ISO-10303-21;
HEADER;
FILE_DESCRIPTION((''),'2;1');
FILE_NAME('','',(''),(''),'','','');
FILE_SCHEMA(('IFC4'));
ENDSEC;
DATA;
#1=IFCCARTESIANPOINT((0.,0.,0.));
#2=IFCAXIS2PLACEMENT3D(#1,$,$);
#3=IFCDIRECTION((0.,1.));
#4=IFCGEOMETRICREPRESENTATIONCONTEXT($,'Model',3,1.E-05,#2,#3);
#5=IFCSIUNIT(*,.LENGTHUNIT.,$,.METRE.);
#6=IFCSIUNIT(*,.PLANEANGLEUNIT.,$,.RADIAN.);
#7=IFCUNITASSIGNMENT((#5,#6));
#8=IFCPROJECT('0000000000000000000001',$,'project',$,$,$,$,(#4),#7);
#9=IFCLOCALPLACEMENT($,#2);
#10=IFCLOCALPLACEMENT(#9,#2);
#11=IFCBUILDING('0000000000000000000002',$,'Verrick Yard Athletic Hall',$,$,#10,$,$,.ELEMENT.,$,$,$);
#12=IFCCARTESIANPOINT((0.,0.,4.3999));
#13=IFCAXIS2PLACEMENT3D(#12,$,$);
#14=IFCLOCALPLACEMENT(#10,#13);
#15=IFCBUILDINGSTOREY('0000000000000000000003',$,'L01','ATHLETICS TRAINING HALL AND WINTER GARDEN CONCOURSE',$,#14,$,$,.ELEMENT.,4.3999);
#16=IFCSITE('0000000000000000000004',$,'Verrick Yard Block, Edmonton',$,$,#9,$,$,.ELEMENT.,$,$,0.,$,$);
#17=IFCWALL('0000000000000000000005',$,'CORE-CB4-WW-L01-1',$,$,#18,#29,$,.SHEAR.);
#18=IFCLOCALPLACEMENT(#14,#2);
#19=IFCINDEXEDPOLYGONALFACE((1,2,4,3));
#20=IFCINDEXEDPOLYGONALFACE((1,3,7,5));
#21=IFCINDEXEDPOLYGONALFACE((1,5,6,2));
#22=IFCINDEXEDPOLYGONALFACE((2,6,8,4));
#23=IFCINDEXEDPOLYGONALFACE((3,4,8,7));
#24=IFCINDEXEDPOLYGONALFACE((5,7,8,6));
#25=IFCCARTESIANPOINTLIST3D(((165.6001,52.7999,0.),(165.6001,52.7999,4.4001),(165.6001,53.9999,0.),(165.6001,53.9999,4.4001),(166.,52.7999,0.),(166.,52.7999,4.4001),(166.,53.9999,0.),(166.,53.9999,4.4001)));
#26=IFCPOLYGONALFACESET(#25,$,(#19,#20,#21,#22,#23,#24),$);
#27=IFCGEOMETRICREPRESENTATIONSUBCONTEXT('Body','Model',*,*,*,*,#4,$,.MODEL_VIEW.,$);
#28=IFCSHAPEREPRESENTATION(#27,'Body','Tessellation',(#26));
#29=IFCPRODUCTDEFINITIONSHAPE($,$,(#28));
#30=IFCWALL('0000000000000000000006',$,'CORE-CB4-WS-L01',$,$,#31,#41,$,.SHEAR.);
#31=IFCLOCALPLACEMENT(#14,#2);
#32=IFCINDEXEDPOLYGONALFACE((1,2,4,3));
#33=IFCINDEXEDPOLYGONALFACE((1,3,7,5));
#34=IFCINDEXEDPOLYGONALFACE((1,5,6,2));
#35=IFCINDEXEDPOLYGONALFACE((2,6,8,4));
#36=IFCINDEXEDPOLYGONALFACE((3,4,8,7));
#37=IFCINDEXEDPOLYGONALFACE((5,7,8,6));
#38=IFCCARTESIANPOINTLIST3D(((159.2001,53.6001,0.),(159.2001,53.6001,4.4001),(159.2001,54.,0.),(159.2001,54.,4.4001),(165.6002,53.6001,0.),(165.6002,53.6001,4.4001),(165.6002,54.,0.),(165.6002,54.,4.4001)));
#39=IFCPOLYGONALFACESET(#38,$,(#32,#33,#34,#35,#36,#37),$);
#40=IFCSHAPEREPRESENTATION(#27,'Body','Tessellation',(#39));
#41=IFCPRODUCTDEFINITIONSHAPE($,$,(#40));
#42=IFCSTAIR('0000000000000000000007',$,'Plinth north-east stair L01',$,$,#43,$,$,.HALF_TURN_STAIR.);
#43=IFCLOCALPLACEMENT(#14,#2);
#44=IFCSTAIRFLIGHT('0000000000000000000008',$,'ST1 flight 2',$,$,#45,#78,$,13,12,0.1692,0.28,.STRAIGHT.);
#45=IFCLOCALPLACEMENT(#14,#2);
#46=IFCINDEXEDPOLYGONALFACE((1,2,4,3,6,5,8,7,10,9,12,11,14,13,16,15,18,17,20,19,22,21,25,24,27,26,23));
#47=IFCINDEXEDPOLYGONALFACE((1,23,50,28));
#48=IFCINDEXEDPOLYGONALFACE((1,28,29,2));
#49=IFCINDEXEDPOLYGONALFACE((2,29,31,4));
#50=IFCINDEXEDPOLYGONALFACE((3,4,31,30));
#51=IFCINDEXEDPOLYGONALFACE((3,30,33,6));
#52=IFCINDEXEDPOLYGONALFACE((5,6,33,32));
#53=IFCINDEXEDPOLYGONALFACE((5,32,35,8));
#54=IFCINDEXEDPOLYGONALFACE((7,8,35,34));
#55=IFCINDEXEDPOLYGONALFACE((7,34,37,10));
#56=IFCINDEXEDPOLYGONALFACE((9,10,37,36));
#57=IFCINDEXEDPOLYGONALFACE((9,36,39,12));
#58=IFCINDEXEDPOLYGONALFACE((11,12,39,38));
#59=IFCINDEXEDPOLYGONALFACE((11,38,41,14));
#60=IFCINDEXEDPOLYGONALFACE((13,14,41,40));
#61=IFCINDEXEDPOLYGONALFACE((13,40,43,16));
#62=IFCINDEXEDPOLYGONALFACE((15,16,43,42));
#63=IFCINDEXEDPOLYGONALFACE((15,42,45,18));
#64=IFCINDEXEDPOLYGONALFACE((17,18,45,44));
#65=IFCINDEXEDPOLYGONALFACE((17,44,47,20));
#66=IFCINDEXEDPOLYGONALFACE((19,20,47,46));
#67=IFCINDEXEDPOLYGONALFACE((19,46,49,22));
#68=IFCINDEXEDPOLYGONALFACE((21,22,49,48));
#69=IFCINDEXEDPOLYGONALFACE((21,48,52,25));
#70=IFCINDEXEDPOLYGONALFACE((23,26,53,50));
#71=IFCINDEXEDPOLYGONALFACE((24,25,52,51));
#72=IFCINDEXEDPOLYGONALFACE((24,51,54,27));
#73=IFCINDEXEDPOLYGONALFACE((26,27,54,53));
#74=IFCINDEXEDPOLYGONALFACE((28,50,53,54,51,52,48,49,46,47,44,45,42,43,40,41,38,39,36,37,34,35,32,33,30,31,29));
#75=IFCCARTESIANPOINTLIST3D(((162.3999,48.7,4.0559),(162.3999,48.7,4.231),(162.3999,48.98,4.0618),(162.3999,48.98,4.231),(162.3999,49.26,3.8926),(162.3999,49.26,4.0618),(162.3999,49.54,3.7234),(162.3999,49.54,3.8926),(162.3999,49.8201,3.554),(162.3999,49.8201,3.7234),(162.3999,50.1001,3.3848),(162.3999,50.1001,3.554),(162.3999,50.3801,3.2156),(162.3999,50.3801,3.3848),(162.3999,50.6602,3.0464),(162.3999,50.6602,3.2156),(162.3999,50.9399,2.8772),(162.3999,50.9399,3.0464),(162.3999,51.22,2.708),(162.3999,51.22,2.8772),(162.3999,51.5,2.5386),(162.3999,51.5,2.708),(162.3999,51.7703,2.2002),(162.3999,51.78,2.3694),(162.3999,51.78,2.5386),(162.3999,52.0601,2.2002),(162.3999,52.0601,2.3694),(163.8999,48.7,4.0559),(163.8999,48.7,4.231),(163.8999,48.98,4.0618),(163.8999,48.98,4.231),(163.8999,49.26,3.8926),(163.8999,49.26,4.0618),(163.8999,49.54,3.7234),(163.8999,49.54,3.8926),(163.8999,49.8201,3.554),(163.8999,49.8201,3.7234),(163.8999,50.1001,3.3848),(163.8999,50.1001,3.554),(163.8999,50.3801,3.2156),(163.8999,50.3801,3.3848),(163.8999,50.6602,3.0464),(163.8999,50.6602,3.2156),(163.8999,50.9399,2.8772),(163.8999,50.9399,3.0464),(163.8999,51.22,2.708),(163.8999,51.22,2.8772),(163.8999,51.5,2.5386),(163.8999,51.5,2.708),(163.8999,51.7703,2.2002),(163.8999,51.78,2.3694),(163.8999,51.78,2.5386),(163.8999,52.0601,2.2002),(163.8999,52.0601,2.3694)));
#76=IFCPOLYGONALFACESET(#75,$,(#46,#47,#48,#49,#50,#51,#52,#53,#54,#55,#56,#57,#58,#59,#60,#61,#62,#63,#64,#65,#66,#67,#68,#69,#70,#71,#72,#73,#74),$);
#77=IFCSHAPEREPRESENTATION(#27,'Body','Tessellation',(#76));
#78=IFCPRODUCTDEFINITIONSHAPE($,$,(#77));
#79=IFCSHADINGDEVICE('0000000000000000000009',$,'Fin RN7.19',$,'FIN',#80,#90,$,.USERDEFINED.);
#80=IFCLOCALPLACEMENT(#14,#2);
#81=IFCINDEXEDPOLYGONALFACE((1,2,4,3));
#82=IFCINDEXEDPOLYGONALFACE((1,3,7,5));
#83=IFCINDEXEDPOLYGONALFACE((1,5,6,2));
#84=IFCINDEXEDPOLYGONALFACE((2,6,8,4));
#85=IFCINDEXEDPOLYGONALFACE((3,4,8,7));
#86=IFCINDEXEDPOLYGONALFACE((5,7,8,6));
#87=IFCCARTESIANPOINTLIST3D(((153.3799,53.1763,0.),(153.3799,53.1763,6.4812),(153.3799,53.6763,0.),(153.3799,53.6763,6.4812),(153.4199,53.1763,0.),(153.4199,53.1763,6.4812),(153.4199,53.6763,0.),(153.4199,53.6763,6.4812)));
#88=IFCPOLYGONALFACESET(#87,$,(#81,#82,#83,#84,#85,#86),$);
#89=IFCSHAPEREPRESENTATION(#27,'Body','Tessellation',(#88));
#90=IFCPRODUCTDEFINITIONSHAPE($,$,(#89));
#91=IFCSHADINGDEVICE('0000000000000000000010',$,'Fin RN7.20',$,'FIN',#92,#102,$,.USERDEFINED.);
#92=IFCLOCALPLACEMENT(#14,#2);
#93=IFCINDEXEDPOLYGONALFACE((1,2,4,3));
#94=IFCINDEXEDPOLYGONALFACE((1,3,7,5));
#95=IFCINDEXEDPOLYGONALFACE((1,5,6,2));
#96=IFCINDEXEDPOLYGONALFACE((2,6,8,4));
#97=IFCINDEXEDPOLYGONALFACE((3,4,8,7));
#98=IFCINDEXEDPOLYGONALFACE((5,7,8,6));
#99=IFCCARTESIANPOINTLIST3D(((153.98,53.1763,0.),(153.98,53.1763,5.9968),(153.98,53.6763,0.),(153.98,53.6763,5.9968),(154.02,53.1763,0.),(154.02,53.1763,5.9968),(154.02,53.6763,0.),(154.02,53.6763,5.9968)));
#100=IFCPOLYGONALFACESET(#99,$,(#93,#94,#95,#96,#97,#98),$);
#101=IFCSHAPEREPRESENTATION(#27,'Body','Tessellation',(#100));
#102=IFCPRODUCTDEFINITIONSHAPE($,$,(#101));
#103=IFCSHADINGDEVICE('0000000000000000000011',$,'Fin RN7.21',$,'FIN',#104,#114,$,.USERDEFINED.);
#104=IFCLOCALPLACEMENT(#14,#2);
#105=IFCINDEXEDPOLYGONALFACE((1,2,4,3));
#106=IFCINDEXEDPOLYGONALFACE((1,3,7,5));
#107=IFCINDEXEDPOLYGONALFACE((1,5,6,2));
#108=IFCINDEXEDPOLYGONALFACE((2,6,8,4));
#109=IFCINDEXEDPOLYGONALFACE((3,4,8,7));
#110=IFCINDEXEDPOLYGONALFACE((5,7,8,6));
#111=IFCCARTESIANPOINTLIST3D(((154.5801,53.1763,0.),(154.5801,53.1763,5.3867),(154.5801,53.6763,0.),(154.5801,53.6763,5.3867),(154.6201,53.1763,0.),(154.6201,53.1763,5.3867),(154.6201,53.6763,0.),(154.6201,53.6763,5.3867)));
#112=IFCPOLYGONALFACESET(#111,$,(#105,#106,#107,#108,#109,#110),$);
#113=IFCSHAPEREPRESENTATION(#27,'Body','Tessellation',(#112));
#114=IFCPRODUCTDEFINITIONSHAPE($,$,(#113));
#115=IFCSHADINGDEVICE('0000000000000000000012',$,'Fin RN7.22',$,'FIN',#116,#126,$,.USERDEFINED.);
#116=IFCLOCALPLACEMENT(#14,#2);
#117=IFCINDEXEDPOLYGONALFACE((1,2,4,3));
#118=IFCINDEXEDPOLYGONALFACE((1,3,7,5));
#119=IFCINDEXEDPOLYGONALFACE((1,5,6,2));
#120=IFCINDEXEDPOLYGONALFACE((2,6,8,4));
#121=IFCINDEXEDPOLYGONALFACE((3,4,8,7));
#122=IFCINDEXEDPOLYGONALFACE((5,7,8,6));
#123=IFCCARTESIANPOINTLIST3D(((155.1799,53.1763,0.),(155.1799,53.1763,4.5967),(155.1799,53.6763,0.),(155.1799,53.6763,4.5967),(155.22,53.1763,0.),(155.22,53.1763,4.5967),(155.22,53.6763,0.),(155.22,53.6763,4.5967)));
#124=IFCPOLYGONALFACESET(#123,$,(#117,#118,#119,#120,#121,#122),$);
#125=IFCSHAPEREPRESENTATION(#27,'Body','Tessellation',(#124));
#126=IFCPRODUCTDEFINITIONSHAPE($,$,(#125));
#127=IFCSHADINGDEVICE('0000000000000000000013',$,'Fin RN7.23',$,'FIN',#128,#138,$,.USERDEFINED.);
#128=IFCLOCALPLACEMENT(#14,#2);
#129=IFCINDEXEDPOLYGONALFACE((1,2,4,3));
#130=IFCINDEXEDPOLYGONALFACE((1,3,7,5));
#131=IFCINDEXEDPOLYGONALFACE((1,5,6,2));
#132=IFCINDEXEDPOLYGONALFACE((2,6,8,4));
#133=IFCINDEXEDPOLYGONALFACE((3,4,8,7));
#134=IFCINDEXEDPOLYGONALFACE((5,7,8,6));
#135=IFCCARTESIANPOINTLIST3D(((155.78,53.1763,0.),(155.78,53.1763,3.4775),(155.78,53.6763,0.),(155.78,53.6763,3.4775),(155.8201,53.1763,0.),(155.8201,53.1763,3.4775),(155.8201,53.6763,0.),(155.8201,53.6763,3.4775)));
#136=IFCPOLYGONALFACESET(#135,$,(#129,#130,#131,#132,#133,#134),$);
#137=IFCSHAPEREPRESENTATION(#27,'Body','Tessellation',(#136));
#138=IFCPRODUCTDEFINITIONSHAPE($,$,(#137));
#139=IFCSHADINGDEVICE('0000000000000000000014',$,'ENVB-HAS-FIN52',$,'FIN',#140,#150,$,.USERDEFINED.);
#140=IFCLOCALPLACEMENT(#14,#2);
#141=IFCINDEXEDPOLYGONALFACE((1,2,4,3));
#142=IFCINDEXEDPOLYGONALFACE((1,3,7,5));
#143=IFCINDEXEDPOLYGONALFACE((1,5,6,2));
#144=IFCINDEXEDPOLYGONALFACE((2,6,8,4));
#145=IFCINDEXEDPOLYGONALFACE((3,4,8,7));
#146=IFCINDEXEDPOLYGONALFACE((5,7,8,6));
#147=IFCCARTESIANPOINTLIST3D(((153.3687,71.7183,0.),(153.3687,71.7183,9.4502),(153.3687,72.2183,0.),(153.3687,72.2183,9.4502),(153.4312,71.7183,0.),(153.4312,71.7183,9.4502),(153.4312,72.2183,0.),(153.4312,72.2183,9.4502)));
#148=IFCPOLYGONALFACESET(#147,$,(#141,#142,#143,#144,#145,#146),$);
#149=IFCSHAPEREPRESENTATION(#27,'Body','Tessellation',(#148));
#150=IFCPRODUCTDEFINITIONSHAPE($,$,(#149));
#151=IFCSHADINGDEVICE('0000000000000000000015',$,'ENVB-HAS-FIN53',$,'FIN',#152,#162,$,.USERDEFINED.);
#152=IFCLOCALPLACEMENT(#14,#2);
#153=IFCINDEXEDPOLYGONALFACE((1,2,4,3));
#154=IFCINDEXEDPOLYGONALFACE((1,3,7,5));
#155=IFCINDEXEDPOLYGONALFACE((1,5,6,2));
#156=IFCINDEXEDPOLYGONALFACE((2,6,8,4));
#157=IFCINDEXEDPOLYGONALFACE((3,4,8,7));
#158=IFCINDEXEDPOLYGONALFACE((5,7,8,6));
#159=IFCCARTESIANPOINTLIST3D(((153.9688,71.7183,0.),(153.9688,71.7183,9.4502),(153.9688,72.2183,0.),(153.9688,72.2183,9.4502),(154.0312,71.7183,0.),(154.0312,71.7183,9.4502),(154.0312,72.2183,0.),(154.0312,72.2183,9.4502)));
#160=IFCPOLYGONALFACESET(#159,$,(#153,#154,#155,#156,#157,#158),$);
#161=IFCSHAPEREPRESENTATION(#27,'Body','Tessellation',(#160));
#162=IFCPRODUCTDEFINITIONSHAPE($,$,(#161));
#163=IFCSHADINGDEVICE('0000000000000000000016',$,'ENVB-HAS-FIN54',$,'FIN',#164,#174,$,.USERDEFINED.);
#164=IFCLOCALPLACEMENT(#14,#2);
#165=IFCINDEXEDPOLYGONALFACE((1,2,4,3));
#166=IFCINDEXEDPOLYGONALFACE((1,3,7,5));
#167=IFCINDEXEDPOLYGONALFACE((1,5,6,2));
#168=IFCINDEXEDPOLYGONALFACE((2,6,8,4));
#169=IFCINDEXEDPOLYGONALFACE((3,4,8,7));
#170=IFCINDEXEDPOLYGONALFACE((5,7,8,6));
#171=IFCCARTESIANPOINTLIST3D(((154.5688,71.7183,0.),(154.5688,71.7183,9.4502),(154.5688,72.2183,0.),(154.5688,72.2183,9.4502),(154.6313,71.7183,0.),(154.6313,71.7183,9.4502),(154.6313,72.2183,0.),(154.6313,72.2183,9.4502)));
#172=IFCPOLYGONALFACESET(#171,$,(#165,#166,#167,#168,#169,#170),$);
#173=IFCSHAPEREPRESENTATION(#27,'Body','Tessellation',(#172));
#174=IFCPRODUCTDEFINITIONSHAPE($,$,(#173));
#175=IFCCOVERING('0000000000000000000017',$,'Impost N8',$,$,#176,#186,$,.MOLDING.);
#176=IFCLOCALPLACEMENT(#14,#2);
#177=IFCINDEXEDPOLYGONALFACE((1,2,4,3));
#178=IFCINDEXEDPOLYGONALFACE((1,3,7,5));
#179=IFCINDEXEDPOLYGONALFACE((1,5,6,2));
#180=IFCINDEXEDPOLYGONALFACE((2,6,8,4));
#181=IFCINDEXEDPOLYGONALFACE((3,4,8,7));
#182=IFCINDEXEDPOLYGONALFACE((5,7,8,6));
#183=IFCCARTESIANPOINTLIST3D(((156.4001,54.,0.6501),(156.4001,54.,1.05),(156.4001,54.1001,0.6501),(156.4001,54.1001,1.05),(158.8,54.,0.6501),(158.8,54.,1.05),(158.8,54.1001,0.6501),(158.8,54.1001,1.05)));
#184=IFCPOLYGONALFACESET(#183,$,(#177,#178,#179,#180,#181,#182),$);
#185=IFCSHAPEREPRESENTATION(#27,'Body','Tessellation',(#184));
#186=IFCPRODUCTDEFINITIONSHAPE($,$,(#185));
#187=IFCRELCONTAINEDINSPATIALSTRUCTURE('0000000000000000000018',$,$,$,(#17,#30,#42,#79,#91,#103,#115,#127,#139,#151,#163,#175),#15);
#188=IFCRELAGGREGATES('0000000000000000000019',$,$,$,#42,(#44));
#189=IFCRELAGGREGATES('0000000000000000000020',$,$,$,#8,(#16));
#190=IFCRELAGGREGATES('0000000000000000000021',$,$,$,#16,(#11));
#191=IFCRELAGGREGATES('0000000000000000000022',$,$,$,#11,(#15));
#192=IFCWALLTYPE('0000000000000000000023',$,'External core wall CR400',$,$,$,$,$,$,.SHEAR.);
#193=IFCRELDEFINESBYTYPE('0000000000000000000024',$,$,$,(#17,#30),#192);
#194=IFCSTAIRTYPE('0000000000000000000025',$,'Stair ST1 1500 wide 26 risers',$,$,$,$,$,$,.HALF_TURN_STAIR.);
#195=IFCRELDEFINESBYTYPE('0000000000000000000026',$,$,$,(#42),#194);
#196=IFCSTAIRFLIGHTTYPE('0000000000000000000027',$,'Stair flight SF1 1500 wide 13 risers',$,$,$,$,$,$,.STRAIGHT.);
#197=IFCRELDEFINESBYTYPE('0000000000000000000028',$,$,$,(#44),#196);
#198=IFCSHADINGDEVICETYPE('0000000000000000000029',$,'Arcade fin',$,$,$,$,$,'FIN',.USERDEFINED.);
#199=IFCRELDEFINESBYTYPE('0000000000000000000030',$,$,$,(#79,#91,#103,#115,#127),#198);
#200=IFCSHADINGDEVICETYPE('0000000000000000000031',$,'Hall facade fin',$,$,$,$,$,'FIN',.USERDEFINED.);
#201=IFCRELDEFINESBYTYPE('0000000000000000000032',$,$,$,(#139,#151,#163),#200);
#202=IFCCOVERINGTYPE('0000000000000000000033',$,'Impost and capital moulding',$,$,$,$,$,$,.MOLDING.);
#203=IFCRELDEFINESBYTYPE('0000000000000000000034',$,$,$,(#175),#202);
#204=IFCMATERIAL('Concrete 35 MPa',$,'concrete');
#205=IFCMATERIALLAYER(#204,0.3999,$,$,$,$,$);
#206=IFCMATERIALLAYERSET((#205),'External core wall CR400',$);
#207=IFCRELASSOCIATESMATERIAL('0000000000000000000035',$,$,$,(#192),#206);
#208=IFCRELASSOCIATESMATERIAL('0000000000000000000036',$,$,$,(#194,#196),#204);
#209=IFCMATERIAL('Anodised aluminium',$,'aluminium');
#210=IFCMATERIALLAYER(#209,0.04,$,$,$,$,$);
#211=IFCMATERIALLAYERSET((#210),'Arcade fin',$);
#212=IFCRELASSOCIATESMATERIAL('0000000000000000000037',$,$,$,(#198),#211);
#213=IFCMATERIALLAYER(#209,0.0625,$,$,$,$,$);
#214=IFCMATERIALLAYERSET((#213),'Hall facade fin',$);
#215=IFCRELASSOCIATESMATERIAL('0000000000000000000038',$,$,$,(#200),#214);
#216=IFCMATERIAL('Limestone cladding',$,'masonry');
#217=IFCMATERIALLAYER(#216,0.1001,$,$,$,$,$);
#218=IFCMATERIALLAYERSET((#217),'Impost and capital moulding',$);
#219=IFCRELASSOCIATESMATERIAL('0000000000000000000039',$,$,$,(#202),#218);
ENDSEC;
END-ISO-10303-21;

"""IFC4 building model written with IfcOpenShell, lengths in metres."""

from ifc_helpers import new_model, si_unit, direction, frame, frame_2d, origin, origin_2d, place, context, subcontext, project, spatial, polyline, rectangle, outline, extrude, material, layer, layer_set, type_object, element, aggregate, save


model = new_model("IFC4")

# Units and contexts
model_context = context("Model", 3, precision=1e-05, world=origin(), true_north=direction((0.0, 1.0)))
body_context = subcontext(model_context, "Body", "Model", "MODEL_VIEW")
ifc_project = project(units=[si_unit("LENGTHUNIT", "METRE"), si_unit("PLANEANGLEUNIT", "RADIAN")], contexts=[model_context])

# Site, building, storey
site_placement = place(None, origin())
site = spatial("IfcSite", under=ifc_project, at=site_placement, Name="Verrick Yard Block, Edmonton", CompositionType="ELEMENT", RefElevation=0.0)
building_placement = place(site_placement, origin())
building = spatial("IfcBuilding", under=site, at=building_placement, Name="Verrick Yard Athletic Hall", CompositionType="ELEMENT")
storey_placement = place(building_placement, frame((0.0, 0.0, 4.3999)))
storey = spatial("IfcBuildingStorey", under=building, at=storey_placement, Name="L01", Description="ATHLETICS TRAINING HALL AND WINTER GARDEN CONCOURSE", CompositionType="ELEMENT", Elevation=4.3999)

# Shared definitions
ifc_material_1 = material(Name="Concrete 35 MPa", Category="concrete")

# Walls
ifc_layer_1 = layer(ifc_material_1, 0.3999)
ifc_layer_set_1 = layer_set([ifc_layer_1], Name="External core wall CR400")
wall_type = type_object("IfcWallType", Name="External core wall CR400", PredefinedType="SHEAR", material=ifc_layer_set_1)
wall_1_placement = place(storey_placement, frame((165.8, 54.0, 0.0), z_axis=(0.0, 0.0, 1.0), x_axis=(0.0, -1.0, 0.0)))
element("IfcWall", 1, at=wall_1_placement, inside=storey, type_object=wall_type, Name="CORE-CB4-WW-L01-1", PredefinedType="SHEAR", context=body_context, shape_type="SweptSolid", body=[
    extrude(rectangle(XDim=1.2, YDim=0.3999, at=frame_2d((0.6001, 0.0))), origin(), (0.0, 0.0, 1.0), 4.4001),
])
wall_2_placement = place(storey_placement, frame((159.2, 53.8, 0.0), z_axis=(0.0, 0.0, 1.0), x_axis=(1.0, 0.0, 0.0)))
element("IfcWall", 2, at=wall_2_placement, inside=storey, type_object=wall_type, Name="CORE-CB4-WS-L01", PredefinedType="SHEAR", context=body_context, shape_type="SweptSolid", body=[
    extrude(rectangle(XDim=6.4001, YDim=0.3999, at=frame_2d((3.2002, 0.0))), origin(), (0.0, 0.0, 1.0), 4.4001),
])

# Stair, stair flight
stair_type = type_object("IfcStairType", Name="Stair ST1 1500 wide 26 risers", PredefinedType="HALF_TURN_STAIR", material=ifc_material_1)
stair_placement = place(storey_placement, origin())
stair = element("IfcStair", 3, at=stair_placement, inside=storey, type_object=stair_type, Name="Plinth north-east stair L01", PredefinedType="HALF_TURN_STAIR")
stair_flight_type = type_object("IfcStairFlightType", Name="Stair flight SF1 1500 wide 13 risers", PredefinedType="STRAIGHT", material=ifc_material_1)
stair_flight_placement = place(storey_placement, frame((163.1499, 52.0601, 2.2002), z_axis=(0.0, 0.0, 1.0), x_axis=(0.0, -1.0, 0.0)))
stair_flight = element("IfcStairFlight", 4, at=stair_flight_placement, type_object=stair_flight_type, Name="ST1 flight 2", NumberOfRisers=13, NumberOfTreads=12, PredefinedType="STRAIGHT", RiserHeight=0.1692, TreadLength=0.28, context=body_context, shape_type="SweptSolid", body=[
    extrude(outline(polyline([(0.0, 0.0), (0.0, 0.1692), (0.28, 0.1692), (0.28, 0.3384), (0.5601, 0.3384), (0.5601, 0.5078), (0.8401, 0.5078), (0.8401, 0.677), (1.1201, 0.677), (1.1201, 0.8462), (1.3999, 0.8462), (1.3999, 1.0154), (1.6799, 1.0154), (1.6799, 1.1846), (1.96, 1.1846), (1.96, 1.3538), (2.24, 1.3538), (2.24, 1.5232), (2.52, 1.5232), (2.52, 1.6924), (2.8, 1.6924), (2.8, 1.8616), (3.0801, 1.8616), (3.0801, 2.0308), (3.3601, 2.0308), (3.3601, 2.2), (3.3601, 1.8557), (0.2898, 0.0), (0.0, 0.0)])), frame((0.0, 0.75, 0.0), z_axis=(0.0, -1.0, 0.0), x_axis=(1.0, 0.0, 0.0)), (0.0, 0.0, 1.0), 1.5),
])
aggregate(stair, [stair_flight])

# Shading devices
ifc_material_2 = material(Name="Anodised aluminium", Category="aluminium")
ifc_layer_2 = layer(ifc_material_2, 0.04)
ifc_layer_set_2 = layer_set([ifc_layer_2], Name="Arcade fin")
shading_device_type_1 = type_object("IfcShadingDeviceType", Name="Arcade fin", ElementType="FIN", PredefinedType="USERDEFINED", material=ifc_layer_set_2)
shading_device_1_placement = place(storey_placement, frame((153.3999, 53.1763, 0.0), z_axis=(0.0, 0.0, 1.0), x_axis=(0.0, 1.0, 0.0)))
element("IfcShadingDevice", 5, at=shading_device_1_placement, inside=storey, type_object=shading_device_type_1, Name="Fin RN7.19", ObjectType="FIN", PredefinedType="USERDEFINED", context=body_context, shape_type="SweptSolid", body=[
    extrude(outline(polyline([(0.0, 0.0), (0.5, 0.0), (0.5, 6.4812), (0.0, 6.4812), (0.0, 0.0)])), frame((0.0, 0.02, 0.0), z_axis=(0.0, -1.0, 0.0), x_axis=(1.0, 0.0, 0.0)), (0.0, 0.0, 1.0), 0.04),
])
shading_device_2_placement = place(storey_placement, frame((154.0, 53.1763, 0.0), z_axis=(0.0, 0.0, 1.0), x_axis=(0.0, 1.0, 0.0)))
element("IfcShadingDevice", 6, at=shading_device_2_placement, inside=storey, type_object=shading_device_type_1, Name="Fin RN7.20", ObjectType="FIN", PredefinedType="USERDEFINED", context=body_context, shape_type="SweptSolid", body=[
    extrude(outline(polyline([(0.0, 0.0), (0.5, 0.0), (0.5, 5.9968), (0.0, 5.9968), (0.0, 0.0)])), frame((0.0, 0.02, 0.0), z_axis=(0.0, -1.0, 0.0), x_axis=(1.0, 0.0, 0.0)), (0.0, 0.0, 1.0), 0.04),
])
shading_device_3_placement = place(storey_placement, frame((154.6001, 53.1763, 0.0), z_axis=(0.0, 0.0, 1.0), x_axis=(0.0, 1.0, 0.0)))
element("IfcShadingDevice", 7, at=shading_device_3_placement, inside=storey, type_object=shading_device_type_1, Name="Fin RN7.21", ObjectType="FIN", PredefinedType="USERDEFINED", context=body_context, shape_type="SweptSolid", body=[
    extrude(outline(polyline([(0.0, 0.0), (0.5, 0.0), (0.5, 5.3867), (0.0, 5.3867), (0.0, 0.0)])), frame((0.0, 0.02, 0.0), z_axis=(0.0, -1.0, 0.0), x_axis=(1.0, 0.0, 0.0)), (0.0, 0.0, 1.0), 0.04),
])
shading_device_4_placement = place(storey_placement, frame((155.2, 53.1763, 0.0), z_axis=(0.0, 0.0, 1.0), x_axis=(0.0, 1.0, 0.0)))
element("IfcShadingDevice", 8, at=shading_device_4_placement, inside=storey, type_object=shading_device_type_1, Name="Fin RN7.22", ObjectType="FIN", PredefinedType="USERDEFINED", context=body_context, shape_type="SweptSolid", body=[
    extrude(outline(polyline([(0.0, 0.0), (0.5, 0.0), (0.5, 4.5967), (0.0, 4.5967), (0.0, 0.0)])), frame((0.0, 0.02, 0.0), z_axis=(0.0, -1.0, 0.0), x_axis=(1.0, 0.0, 0.0)), (0.0, 0.0, 1.0), 0.04),
])
shading_device_5_placement = place(storey_placement, frame((155.8, 53.1763, 0.0), z_axis=(0.0, 0.0, 1.0), x_axis=(0.0, 1.0, 0.0)))
element("IfcShadingDevice", 9, at=shading_device_5_placement, inside=storey, type_object=shading_device_type_1, Name="Fin RN7.23", ObjectType="FIN", PredefinedType="USERDEFINED", context=body_context, shape_type="SweptSolid", body=[
    extrude(outline(polyline([(0.0, 0.0), (0.5, 0.0), (0.5, 3.4775), (0.0, 3.4775), (0.0, 0.0)])), frame((0.0, 0.02, 0.0), z_axis=(0.0, -1.0, 0.0), x_axis=(1.0, 0.0, 0.0)), (0.0, 0.0, 1.0), 0.04),
])
ifc_layer_3 = layer(ifc_material_2, 0.0625)
ifc_layer_set_3 = layer_set([ifc_layer_3], Name="Hall facade fin")
shading_device_type_2 = type_object("IfcShadingDeviceType", Name="Hall facade fin", ElementType="FIN", PredefinedType="USERDEFINED", material=ifc_layer_set_3)
for number, where, z_axis, x_axis, name in (
    (10, (153.3999, 71.7183, 0.0), (0.0, 0.0, 1.0), (0.0, 1.0, 0.0), "ENVB-HAS-FIN52"),
    (11, (154.0, 71.7183, 0.0), (0.0, 0.0, 1.0), (0.0, 1.0, 0.0), "ENVB-HAS-FIN53"),
    (12, (154.6001, 71.7183, 0.0), (0.0, 0.0, 1.0), (0.0, 1.0, 0.0), "ENVB-HAS-FIN54"),
):
    element("IfcShadingDevice", number, at=place(storey_placement, frame(where, z_axis=z_axis, x_axis=x_axis)), inside=storey, type_object=shading_device_type_2, Name=name, ObjectType="FIN", PredefinedType="USERDEFINED", context=body_context, shape_type="SweptSolid", body=[
        extrude(outline(polyline([(0.0, 0.0), (0.5, 0.0), (0.5, 9.4502), (0.0, 9.4502), (0.0, 0.0)])), frame((0.0, 0.0312, 0.0), z_axis=(0.0, -1.0, 0.0), x_axis=(1.0, 0.0, 0.0)), (0.0, 0.0, 1.0), 0.0625),
    ])

# Covering
ifc_material_3 = material(Name="Limestone cladding", Category="masonry")
ifc_layer_4 = layer(ifc_material_3, 0.1001)
ifc_layer_set_4 = layer_set([ifc_layer_4], Name="Impost and capital moulding")
covering_type_1 = type_object("IfcCoveringType", Name="Impost and capital moulding", PredefinedType="MOLDING", material=ifc_layer_set_4)
covering_1_placement = place(storey_placement, frame((157.6001, 54.05, 0.6501), z_axis=(0.0, 0.0, 1.0), x_axis=(1.0, 0.0, 0.0)))
element("IfcCovering", 13, at=covering_1_placement, inside=storey, type_object=covering_type_1, Name="Impost N8", PredefinedType="MOLDING", context=body_context, shape_type="SweptSolid", body=[
    extrude(rectangle(XDim=2.3999, YDim=0.1001, at=origin_2d()), origin(), (0.0, 0.0, 1.0), 0.3999),
])

save(model, "model.ifc")
